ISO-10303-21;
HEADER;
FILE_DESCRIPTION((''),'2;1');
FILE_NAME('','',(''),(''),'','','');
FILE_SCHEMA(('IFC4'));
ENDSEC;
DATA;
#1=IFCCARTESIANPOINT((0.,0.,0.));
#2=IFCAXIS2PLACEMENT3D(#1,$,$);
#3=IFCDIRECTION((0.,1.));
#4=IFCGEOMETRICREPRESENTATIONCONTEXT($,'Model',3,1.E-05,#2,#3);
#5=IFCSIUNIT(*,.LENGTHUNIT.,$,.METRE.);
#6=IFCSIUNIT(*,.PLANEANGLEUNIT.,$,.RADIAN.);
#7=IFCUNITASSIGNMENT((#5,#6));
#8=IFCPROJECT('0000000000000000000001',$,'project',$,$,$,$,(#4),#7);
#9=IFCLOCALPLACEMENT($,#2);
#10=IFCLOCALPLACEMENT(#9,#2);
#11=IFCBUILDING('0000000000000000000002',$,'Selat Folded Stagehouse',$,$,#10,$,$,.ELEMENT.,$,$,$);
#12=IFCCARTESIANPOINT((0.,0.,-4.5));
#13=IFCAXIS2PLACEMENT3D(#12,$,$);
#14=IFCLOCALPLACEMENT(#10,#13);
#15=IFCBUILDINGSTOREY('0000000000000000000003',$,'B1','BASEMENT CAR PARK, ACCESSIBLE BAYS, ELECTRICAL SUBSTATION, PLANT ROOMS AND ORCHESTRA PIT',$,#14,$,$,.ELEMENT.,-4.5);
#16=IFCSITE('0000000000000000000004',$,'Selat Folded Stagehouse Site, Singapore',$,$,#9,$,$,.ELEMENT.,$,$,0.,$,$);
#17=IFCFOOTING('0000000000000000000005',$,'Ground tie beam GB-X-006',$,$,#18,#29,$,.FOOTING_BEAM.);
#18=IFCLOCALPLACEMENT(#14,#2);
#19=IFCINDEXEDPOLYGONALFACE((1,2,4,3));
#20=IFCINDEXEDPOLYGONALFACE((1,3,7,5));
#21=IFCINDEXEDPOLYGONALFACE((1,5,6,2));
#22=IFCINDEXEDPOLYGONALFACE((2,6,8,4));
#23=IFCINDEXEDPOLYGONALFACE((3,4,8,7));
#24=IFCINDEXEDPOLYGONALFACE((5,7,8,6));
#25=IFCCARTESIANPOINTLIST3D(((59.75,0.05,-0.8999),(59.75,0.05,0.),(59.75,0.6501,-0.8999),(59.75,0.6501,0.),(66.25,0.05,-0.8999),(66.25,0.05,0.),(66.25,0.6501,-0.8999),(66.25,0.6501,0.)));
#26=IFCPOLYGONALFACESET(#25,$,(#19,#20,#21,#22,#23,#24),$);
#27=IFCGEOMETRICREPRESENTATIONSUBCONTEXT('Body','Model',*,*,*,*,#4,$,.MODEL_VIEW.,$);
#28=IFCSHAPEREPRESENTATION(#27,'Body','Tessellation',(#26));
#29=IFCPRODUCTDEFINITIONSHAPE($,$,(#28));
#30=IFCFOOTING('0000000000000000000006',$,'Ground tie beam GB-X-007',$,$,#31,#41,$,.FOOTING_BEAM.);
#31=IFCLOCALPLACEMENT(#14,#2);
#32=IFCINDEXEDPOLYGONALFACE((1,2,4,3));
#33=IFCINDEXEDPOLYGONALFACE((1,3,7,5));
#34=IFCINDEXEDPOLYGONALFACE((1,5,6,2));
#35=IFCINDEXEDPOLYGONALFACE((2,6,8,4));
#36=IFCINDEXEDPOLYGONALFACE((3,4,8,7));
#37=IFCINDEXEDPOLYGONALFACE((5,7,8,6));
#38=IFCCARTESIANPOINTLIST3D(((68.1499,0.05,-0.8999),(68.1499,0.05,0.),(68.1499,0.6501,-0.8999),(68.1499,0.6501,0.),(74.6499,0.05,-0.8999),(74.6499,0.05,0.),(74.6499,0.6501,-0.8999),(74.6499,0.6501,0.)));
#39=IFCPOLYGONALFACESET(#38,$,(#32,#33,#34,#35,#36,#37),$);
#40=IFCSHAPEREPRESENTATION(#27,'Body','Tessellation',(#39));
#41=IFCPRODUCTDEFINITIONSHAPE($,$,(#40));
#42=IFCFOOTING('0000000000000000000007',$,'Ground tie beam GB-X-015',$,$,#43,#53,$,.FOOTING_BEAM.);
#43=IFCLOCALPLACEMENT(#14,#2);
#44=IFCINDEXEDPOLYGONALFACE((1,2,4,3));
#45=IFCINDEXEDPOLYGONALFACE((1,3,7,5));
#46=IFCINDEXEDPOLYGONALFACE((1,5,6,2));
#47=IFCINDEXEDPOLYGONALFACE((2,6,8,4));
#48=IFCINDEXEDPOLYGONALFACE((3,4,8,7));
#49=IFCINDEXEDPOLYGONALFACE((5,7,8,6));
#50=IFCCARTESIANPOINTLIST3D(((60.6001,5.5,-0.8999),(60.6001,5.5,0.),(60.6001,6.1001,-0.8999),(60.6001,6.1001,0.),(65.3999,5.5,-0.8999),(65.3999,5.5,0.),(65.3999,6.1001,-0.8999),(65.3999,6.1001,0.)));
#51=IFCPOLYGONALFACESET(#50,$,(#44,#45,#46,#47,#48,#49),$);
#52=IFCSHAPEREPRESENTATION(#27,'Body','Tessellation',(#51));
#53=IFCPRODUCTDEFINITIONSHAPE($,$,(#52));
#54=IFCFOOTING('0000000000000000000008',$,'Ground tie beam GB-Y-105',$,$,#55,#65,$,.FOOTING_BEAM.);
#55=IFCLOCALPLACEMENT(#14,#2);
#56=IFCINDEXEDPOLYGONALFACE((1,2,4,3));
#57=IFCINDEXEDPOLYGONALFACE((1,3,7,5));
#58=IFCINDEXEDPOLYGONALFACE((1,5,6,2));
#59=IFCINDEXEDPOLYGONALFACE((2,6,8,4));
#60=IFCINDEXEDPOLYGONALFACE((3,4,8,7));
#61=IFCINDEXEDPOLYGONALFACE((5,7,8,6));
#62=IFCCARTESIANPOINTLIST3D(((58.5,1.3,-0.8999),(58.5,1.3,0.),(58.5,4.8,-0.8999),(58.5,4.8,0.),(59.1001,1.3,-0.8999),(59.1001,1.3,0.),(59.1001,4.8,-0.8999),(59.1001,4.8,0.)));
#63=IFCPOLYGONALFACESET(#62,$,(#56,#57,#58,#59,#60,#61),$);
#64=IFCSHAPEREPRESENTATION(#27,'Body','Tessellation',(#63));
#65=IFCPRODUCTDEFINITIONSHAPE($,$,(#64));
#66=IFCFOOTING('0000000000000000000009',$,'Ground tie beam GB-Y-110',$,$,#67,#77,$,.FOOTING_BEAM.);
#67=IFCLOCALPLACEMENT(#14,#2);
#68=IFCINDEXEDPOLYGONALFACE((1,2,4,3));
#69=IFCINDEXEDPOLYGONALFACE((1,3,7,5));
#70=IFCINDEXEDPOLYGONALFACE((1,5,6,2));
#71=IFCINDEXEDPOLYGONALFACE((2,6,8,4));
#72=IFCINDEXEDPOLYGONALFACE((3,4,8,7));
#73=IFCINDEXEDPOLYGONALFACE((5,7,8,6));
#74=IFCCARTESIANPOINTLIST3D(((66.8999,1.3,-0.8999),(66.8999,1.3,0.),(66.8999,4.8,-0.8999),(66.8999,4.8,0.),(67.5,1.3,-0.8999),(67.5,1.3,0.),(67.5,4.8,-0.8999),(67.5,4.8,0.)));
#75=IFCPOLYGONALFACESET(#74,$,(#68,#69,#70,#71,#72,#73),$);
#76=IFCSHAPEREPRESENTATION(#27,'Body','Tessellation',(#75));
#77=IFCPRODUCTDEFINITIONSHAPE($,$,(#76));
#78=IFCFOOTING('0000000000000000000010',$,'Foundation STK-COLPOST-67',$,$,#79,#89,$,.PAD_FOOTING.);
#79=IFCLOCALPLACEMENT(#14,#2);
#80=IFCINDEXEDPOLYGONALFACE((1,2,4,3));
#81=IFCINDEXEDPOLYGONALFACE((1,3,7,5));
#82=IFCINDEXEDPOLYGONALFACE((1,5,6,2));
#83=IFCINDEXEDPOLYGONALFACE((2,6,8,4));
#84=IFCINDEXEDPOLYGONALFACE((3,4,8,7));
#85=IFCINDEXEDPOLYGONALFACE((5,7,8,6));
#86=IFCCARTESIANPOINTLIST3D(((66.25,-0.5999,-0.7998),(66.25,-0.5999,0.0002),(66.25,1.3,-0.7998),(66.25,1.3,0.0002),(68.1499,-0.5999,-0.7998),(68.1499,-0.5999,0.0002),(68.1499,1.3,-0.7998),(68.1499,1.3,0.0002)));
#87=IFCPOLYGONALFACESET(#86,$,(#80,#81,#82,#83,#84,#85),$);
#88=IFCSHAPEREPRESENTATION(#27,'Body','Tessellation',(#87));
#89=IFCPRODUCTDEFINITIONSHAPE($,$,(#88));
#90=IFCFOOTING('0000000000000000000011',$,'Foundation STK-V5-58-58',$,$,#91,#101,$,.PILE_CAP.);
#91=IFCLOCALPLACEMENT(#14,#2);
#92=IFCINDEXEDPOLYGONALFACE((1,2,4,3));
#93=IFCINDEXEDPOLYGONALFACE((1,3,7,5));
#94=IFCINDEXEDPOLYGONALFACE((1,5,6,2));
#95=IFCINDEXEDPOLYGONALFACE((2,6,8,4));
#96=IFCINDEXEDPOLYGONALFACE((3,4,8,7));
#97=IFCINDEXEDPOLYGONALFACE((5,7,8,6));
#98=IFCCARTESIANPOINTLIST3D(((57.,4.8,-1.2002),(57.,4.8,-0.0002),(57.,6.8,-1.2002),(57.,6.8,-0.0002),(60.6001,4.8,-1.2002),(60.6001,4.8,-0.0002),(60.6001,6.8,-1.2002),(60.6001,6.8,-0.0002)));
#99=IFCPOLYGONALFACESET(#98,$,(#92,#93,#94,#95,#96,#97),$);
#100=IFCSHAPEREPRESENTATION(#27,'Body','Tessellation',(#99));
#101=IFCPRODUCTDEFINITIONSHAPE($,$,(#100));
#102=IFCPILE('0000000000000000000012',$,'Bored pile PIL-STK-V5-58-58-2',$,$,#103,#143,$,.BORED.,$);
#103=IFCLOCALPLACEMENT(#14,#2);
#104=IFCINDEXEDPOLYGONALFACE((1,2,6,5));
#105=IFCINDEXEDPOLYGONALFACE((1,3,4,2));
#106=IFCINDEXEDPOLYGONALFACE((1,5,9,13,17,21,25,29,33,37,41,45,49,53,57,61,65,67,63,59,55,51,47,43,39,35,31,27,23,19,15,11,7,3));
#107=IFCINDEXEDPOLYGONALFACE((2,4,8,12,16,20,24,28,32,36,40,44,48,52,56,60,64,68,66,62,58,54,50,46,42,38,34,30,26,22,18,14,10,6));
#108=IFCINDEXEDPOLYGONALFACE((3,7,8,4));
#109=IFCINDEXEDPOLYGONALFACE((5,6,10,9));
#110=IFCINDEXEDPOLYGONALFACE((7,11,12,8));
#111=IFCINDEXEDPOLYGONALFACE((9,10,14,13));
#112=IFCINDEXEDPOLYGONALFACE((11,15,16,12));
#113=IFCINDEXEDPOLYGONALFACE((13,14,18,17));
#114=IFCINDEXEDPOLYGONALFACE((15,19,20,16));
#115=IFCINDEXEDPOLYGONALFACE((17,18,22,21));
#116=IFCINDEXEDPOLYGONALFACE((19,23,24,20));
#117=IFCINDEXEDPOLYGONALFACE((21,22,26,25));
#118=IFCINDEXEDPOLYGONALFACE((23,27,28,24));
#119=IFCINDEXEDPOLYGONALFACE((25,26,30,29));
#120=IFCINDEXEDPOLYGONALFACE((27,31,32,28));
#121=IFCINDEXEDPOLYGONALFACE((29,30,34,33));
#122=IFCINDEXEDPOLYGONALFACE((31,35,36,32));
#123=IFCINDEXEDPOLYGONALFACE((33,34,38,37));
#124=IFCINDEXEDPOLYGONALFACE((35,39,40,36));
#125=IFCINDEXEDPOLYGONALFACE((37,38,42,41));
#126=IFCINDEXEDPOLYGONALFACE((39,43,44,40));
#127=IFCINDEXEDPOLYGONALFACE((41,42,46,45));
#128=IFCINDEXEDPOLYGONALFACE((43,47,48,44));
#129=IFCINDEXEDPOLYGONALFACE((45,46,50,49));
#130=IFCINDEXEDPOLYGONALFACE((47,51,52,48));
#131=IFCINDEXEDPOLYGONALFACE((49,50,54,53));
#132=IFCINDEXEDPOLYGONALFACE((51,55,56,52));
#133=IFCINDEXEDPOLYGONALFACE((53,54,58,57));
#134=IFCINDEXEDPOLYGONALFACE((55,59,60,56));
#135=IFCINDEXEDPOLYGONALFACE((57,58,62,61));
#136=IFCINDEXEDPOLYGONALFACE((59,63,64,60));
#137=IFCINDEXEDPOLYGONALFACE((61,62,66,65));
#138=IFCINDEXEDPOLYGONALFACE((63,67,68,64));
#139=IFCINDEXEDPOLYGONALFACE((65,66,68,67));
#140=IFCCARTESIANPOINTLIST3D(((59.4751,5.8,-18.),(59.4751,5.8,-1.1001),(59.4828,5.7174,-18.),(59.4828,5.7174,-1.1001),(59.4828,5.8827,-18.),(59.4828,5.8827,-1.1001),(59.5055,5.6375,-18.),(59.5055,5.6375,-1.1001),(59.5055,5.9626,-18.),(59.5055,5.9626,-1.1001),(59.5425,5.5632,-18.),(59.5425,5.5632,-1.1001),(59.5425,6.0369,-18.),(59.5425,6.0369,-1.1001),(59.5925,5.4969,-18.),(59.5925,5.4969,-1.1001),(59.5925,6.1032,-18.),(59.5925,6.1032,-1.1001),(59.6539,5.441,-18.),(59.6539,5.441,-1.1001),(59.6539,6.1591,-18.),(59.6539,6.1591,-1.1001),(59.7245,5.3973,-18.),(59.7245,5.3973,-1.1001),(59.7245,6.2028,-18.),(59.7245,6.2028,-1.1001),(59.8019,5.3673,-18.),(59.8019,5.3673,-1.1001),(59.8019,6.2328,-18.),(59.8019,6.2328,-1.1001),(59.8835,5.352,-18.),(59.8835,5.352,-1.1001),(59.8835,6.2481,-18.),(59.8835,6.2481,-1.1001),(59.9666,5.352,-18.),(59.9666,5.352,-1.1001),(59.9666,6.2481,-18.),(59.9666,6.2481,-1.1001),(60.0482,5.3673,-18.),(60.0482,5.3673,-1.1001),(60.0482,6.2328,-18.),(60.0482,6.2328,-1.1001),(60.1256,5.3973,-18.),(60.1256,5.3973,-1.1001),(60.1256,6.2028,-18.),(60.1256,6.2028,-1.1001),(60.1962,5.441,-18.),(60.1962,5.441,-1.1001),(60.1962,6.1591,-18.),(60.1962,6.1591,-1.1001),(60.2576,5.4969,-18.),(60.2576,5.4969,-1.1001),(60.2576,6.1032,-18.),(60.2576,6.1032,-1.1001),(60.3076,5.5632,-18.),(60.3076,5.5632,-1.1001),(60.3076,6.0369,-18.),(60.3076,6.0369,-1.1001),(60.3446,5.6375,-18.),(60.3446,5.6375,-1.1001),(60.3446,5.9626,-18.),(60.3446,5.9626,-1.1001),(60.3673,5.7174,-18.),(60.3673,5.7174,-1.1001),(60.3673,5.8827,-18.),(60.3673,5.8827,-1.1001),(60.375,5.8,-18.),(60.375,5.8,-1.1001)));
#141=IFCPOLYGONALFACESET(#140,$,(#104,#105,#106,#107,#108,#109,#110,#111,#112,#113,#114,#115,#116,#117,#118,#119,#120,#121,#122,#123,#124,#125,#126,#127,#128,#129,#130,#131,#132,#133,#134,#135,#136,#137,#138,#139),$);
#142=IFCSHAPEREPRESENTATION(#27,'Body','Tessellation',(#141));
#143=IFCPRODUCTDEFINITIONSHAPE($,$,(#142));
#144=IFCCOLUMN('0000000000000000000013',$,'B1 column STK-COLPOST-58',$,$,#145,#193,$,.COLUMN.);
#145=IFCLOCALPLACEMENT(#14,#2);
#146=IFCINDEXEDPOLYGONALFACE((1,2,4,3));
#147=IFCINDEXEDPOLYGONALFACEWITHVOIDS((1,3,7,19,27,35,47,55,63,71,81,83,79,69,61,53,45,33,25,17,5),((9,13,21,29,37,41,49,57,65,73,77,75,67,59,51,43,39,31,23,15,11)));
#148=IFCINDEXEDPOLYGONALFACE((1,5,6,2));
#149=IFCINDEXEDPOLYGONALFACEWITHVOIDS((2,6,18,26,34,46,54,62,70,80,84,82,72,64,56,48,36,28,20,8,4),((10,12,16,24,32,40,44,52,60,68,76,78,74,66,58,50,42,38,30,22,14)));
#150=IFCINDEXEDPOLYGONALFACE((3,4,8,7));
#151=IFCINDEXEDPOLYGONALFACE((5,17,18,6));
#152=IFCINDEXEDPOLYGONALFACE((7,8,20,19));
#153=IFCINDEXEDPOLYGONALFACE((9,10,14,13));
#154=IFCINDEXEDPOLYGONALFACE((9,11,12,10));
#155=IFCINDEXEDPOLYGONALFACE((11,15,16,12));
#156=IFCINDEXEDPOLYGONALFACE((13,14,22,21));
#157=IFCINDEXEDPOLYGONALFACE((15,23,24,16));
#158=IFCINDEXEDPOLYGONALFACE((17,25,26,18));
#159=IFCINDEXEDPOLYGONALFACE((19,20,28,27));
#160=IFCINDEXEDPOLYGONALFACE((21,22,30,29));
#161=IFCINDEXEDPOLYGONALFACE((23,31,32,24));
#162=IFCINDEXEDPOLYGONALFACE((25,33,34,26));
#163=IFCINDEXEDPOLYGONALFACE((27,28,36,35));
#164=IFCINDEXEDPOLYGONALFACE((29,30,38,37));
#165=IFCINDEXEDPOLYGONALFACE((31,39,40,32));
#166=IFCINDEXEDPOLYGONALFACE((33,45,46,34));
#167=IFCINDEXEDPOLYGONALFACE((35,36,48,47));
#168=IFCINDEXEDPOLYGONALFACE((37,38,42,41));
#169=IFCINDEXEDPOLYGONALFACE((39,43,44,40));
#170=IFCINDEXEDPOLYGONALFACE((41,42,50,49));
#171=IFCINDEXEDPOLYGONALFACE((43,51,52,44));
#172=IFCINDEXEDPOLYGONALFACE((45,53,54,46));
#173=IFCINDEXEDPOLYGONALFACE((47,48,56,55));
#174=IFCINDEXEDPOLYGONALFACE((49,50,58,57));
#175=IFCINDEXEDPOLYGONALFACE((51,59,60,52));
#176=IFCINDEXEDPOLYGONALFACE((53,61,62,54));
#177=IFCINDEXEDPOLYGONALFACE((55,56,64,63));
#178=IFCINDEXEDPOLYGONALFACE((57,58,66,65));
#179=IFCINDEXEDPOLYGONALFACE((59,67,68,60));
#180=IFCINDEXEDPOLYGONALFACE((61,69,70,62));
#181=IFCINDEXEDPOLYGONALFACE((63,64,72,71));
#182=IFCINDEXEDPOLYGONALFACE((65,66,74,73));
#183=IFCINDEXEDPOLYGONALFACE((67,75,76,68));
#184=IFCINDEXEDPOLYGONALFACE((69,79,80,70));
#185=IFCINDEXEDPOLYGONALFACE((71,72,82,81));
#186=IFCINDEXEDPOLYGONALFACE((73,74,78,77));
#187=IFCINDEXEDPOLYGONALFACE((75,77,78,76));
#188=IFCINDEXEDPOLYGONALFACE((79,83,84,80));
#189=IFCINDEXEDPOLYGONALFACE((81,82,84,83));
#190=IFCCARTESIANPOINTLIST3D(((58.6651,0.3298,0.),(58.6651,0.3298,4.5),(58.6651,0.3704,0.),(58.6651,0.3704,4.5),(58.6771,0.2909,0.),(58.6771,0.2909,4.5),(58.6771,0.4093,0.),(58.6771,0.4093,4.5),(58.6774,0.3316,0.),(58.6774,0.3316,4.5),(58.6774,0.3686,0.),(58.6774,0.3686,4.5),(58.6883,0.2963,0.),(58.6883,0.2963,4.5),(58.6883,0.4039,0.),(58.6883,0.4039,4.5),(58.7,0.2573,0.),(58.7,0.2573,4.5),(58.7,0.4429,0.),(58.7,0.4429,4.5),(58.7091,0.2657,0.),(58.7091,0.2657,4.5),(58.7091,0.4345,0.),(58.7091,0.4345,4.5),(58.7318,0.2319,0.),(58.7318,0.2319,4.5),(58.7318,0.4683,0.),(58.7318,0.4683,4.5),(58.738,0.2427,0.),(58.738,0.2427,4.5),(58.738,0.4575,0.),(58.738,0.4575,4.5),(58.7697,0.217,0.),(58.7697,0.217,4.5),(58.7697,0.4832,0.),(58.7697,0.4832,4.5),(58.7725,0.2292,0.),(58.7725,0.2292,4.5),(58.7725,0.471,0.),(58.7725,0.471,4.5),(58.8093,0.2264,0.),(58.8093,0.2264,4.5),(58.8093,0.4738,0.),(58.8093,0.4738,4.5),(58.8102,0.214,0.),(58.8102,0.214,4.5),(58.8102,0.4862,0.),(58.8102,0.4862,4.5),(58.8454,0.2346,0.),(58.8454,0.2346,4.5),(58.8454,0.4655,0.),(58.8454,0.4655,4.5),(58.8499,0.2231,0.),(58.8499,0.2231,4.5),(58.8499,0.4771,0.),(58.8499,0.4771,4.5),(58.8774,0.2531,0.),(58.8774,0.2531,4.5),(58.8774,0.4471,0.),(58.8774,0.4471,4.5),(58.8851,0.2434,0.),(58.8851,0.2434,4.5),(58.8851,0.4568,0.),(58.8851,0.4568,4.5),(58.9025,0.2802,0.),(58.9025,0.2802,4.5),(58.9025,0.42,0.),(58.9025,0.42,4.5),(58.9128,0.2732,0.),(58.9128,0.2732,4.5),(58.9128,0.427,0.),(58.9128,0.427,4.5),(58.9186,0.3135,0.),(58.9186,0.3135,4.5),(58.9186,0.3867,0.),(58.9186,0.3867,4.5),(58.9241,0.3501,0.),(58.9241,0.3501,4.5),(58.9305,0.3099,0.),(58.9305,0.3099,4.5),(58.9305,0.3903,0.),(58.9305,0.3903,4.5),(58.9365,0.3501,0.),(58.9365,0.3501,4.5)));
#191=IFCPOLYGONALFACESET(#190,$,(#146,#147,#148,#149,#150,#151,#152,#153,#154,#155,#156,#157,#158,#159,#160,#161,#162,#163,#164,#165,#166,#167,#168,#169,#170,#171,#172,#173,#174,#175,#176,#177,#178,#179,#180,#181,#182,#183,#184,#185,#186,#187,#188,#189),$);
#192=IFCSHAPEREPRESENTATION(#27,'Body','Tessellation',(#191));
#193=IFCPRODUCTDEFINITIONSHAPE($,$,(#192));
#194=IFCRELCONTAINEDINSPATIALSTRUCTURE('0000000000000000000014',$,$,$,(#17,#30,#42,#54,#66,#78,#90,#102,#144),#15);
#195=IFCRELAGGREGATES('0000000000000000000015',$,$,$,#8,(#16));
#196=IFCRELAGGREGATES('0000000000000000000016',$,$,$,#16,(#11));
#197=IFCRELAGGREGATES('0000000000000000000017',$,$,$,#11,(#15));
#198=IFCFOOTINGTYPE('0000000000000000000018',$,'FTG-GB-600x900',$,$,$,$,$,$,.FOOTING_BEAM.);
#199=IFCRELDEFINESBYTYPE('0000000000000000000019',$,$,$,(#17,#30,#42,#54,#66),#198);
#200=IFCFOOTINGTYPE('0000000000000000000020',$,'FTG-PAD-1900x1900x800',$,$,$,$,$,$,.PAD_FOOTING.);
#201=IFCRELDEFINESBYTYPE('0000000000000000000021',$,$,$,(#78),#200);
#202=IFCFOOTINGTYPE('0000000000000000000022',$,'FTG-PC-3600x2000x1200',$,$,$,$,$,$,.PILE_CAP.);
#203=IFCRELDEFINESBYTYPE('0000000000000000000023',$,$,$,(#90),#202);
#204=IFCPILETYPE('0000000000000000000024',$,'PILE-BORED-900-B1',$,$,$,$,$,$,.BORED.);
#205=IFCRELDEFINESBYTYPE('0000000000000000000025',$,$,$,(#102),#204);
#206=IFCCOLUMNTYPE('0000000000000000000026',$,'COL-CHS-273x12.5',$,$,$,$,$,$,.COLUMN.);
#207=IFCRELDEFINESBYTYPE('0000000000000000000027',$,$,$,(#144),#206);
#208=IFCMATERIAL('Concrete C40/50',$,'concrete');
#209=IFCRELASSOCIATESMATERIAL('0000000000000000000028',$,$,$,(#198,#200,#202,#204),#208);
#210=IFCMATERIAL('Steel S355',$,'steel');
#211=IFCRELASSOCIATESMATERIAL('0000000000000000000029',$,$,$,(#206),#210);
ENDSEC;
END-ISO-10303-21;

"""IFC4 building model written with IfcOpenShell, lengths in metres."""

from ifc_helpers import new_model, si_unit, direction, frame, origin, origin_2d, place, context, subcontext, project, spatial, rectangle, circle, hollow_circle, extrude, material, material_profile, profile_set, type_object, element, save


model = new_model("IFC4")

# Units and contexts
model_context = context("Model", 3, precision=1e-05, world=origin(), true_north=direction((0.0, 1.0)))
body_context = subcontext(model_context, "Body", "Model", "MODEL_VIEW")
ifc_project = project(units=[si_unit("LENGTHUNIT", "METRE"), si_unit("PLANEANGLEUNIT", "RADIAN")], contexts=[model_context])

# Site, building, storey
site_placement = place(None, origin())
site = spatial("IfcSite", under=ifc_project, at=site_placement, Name="Selat Folded Stagehouse Site, Singapore", CompositionType="ELEMENT", RefElevation=0.0)
building_placement = place(site_placement, origin())
building = spatial("IfcBuilding", under=site, at=building_placement, Name="Selat Folded Stagehouse", CompositionType="ELEMENT")
storey_placement = place(building_placement, frame((0.0, 0.0, -4.5)))
storey = spatial("IfcBuildingStorey", under=building, at=storey_placement, Name="B1", Description="BASEMENT CAR PARK, ACCESSIBLE BAYS, ELECTRICAL SUBSTATION, PLANT ROOMS AND ORCHESTRA PIT", CompositionType="ELEMENT", Elevation=-4.5)

# Footings
ifc_material_1 = material(Name="Concrete C40/50", Category="concrete")
ifc_material_profile_1 = material_profile(ifc_material_1, rectangle(XDim=0.6001, YDim=0.8999, at=origin_2d()), Name="RC 900x600")
ifc_profile_set_1 = profile_set([ifc_material_profile_1], Name="Concrete C40/50")
footing_type_1 = type_object("IfcFootingType", Name="FTG-GB-600x900", PredefinedType="FOOTING_BEAM", material=ifc_profile_set_1)
for number, where, z_axis, x_axis, name in (
    (1, (59.75, 0.3501, -0.45), (1.0, 0.0, 0.0), (0.0, 1.0, 0.0), "Ground tie beam GB-X-006"),
    (2, (68.1499, 0.3501, -0.45), (1.0, 0.0, 0.0), (0.0, 1.0, 0.0), "Ground tie beam GB-X-007"),
):
    element("IfcFooting", number, at=place(storey_placement, frame(where, z_axis=z_axis, x_axis=x_axis)), inside=storey, type_object=footing_type_1, Name=name, PredefinedType="FOOTING_BEAM", context=body_context, shape_type="SweptSolid", body=[
        extrude(rectangle(XDim=0.6001, YDim=0.8999, at=origin_2d()), origin(), (0.0, 0.0, 1.0), 6.5),
    ])
footing_1_placement = place(storey_placement, frame((60.6001, 5.8, -0.45), z_axis=(1.0, 0.0, 0.0), x_axis=(0.0, 1.0, 0.0)))
element("IfcFooting", 3, at=footing_1_placement, inside=storey, type_object=footing_type_1, Name="Ground tie beam GB-X-015", PredefinedType="FOOTING_BEAM", context=body_context, shape_type="SweptSolid", body=[
    extrude(rectangle(XDim=0.6001, YDim=0.8999, at=origin_2d()), origin(), (0.0, 0.0, 1.0), 4.7998),
])
for number, where, z_axis, x_axis, name in (
    (4, (58.8, 1.3, -0.45), (0.0, 1.0, 0.0), (-1.0, 0.0, 0.0), "Ground tie beam GB-Y-105"),
    (5, (67.2, 1.3, -0.45), (0.0, 1.0, 0.0), (-1.0, 0.0, 0.0), "Ground tie beam GB-Y-110"),
):
    element("IfcFooting", number, at=place(storey_placement, frame(where, z_axis=z_axis, x_axis=x_axis)), inside=storey, type_object=footing_type_1, Name=name, PredefinedType="FOOTING_BEAM", context=body_context, shape_type="SweptSolid", body=[
        extrude(rectangle(XDim=0.6001, YDim=0.8999, at=origin_2d()), origin(), (0.0, 0.0, 1.0), 3.5),
    ])
footing_type_2 = type_object("IfcFootingType", Name="FTG-PAD-1900x1900x800", PredefinedType="PAD_FOOTING", material=ifc_material_1)
footing_2_placement = place(storey_placement, frame((67.2, 0.3501, -0.7998), z_axis=(0.0, 0.0, 1.0), x_axis=(1.0, 0.0, 0.0)))
element("IfcFooting", 6, at=footing_2_placement, inside=storey, type_object=footing_type_2, Name="Foundation STK-COLPOST-67", PredefinedType="PAD_FOOTING", context=body_context, shape_type="SweptSolid", body=[
    extrude(rectangle(XDim=1.8999, YDim=1.8999, at=origin_2d()), origin(), (0.0, 0.0, 1.0), 0.8),
])
footing_type_3 = type_object("IfcFootingType", Name="FTG-PC-3600x2000x1200", PredefinedType="PILE_CAP", material=ifc_material_1)
footing_3_placement = place(storey_placement, frame((58.8, 5.8, -1.2002), z_axis=(0.0, 0.0, 1.0), x_axis=(1.0, 0.0, 0.0)))
element("IfcFooting", 7, at=footing_3_placement, inside=storey, type_object=footing_type_3, Name="Foundation STK-V5-58-58", PredefinedType="PILE_CAP", context=body_context, shape_type="SweptSolid", body=[
    extrude(rectangle(XDim=3.6001, YDim=2.0, at=origin_2d()), origin(), (0.0, 0.0, 1.0), 1.2),
])

# Pile
ifc_material_profile_2 = material_profile(ifc_material_1, circle(Radius=0.45, at=origin_2d()), Name="PILE D900")
ifc_profile_set_2 = profile_set([ifc_material_profile_2], Name="Concrete C40/50")
pile_type = type_object("IfcPileType", Name="PILE-BORED-900-B1", PredefinedType="BORED", material=ifc_profile_set_2)
pile_placement = place(storey_placement, frame((59.925, 5.8, -1.1001), z_axis=(0.0, 0.0, -1.0), x_axis=(1.0, 0.0, 0.0)))
element("IfcPile", 8, at=pile_placement, inside=storey, type_object=pile_type, Name="Bored pile PIL-STK-V5-58-58-2", PredefinedType="BORED", context=body_context, shape_type="SweptSolid", body=[
    extrude(circle(Radius=0.45, at=origin_2d()), origin(), (0.0, 0.0, 1.0), 16.8999),
])

# Column
ifc_material_2 = material(Name="Steel S355", Category="steel")
ifc_material_profile_3 = material_profile(ifc_material_2, hollow_circle(Radius=0.1365, WallThickness=0.0125, at=origin_2d()), Name="CHS 273.0x12.5")
ifc_profile_set_3 = profile_set([ifc_material_profile_3], Name="Steel S355")
column_type_1 = type_object("IfcColumnType", Name="COL-CHS-273x12.5", PredefinedType="COLUMN", material=ifc_profile_set_3)
for number, where, z_axis, x_axis, name in (
    (9, (58.8, 0.3501, 0.0), (0.0, 0.0, 1.0), (1.0, 0.0, 0.0), "B1 column STK-COLPOST-58"),
):
    element("IfcColumn", number, at=place(storey_placement, frame(where, z_axis=z_axis, x_axis=x_axis)), inside=storey, type_object=column_type_1, Name=name, PredefinedType="COLUMN", context=body_context, shape_type="SweptSolid", body=[
        extrude(hollow_circle(Radius=0.1365, WallThickness=0.0125, at=origin_2d()), origin(), (0.0, 0.0, 1.0), 4.5),
    ])

save(model, "model.ifc")
